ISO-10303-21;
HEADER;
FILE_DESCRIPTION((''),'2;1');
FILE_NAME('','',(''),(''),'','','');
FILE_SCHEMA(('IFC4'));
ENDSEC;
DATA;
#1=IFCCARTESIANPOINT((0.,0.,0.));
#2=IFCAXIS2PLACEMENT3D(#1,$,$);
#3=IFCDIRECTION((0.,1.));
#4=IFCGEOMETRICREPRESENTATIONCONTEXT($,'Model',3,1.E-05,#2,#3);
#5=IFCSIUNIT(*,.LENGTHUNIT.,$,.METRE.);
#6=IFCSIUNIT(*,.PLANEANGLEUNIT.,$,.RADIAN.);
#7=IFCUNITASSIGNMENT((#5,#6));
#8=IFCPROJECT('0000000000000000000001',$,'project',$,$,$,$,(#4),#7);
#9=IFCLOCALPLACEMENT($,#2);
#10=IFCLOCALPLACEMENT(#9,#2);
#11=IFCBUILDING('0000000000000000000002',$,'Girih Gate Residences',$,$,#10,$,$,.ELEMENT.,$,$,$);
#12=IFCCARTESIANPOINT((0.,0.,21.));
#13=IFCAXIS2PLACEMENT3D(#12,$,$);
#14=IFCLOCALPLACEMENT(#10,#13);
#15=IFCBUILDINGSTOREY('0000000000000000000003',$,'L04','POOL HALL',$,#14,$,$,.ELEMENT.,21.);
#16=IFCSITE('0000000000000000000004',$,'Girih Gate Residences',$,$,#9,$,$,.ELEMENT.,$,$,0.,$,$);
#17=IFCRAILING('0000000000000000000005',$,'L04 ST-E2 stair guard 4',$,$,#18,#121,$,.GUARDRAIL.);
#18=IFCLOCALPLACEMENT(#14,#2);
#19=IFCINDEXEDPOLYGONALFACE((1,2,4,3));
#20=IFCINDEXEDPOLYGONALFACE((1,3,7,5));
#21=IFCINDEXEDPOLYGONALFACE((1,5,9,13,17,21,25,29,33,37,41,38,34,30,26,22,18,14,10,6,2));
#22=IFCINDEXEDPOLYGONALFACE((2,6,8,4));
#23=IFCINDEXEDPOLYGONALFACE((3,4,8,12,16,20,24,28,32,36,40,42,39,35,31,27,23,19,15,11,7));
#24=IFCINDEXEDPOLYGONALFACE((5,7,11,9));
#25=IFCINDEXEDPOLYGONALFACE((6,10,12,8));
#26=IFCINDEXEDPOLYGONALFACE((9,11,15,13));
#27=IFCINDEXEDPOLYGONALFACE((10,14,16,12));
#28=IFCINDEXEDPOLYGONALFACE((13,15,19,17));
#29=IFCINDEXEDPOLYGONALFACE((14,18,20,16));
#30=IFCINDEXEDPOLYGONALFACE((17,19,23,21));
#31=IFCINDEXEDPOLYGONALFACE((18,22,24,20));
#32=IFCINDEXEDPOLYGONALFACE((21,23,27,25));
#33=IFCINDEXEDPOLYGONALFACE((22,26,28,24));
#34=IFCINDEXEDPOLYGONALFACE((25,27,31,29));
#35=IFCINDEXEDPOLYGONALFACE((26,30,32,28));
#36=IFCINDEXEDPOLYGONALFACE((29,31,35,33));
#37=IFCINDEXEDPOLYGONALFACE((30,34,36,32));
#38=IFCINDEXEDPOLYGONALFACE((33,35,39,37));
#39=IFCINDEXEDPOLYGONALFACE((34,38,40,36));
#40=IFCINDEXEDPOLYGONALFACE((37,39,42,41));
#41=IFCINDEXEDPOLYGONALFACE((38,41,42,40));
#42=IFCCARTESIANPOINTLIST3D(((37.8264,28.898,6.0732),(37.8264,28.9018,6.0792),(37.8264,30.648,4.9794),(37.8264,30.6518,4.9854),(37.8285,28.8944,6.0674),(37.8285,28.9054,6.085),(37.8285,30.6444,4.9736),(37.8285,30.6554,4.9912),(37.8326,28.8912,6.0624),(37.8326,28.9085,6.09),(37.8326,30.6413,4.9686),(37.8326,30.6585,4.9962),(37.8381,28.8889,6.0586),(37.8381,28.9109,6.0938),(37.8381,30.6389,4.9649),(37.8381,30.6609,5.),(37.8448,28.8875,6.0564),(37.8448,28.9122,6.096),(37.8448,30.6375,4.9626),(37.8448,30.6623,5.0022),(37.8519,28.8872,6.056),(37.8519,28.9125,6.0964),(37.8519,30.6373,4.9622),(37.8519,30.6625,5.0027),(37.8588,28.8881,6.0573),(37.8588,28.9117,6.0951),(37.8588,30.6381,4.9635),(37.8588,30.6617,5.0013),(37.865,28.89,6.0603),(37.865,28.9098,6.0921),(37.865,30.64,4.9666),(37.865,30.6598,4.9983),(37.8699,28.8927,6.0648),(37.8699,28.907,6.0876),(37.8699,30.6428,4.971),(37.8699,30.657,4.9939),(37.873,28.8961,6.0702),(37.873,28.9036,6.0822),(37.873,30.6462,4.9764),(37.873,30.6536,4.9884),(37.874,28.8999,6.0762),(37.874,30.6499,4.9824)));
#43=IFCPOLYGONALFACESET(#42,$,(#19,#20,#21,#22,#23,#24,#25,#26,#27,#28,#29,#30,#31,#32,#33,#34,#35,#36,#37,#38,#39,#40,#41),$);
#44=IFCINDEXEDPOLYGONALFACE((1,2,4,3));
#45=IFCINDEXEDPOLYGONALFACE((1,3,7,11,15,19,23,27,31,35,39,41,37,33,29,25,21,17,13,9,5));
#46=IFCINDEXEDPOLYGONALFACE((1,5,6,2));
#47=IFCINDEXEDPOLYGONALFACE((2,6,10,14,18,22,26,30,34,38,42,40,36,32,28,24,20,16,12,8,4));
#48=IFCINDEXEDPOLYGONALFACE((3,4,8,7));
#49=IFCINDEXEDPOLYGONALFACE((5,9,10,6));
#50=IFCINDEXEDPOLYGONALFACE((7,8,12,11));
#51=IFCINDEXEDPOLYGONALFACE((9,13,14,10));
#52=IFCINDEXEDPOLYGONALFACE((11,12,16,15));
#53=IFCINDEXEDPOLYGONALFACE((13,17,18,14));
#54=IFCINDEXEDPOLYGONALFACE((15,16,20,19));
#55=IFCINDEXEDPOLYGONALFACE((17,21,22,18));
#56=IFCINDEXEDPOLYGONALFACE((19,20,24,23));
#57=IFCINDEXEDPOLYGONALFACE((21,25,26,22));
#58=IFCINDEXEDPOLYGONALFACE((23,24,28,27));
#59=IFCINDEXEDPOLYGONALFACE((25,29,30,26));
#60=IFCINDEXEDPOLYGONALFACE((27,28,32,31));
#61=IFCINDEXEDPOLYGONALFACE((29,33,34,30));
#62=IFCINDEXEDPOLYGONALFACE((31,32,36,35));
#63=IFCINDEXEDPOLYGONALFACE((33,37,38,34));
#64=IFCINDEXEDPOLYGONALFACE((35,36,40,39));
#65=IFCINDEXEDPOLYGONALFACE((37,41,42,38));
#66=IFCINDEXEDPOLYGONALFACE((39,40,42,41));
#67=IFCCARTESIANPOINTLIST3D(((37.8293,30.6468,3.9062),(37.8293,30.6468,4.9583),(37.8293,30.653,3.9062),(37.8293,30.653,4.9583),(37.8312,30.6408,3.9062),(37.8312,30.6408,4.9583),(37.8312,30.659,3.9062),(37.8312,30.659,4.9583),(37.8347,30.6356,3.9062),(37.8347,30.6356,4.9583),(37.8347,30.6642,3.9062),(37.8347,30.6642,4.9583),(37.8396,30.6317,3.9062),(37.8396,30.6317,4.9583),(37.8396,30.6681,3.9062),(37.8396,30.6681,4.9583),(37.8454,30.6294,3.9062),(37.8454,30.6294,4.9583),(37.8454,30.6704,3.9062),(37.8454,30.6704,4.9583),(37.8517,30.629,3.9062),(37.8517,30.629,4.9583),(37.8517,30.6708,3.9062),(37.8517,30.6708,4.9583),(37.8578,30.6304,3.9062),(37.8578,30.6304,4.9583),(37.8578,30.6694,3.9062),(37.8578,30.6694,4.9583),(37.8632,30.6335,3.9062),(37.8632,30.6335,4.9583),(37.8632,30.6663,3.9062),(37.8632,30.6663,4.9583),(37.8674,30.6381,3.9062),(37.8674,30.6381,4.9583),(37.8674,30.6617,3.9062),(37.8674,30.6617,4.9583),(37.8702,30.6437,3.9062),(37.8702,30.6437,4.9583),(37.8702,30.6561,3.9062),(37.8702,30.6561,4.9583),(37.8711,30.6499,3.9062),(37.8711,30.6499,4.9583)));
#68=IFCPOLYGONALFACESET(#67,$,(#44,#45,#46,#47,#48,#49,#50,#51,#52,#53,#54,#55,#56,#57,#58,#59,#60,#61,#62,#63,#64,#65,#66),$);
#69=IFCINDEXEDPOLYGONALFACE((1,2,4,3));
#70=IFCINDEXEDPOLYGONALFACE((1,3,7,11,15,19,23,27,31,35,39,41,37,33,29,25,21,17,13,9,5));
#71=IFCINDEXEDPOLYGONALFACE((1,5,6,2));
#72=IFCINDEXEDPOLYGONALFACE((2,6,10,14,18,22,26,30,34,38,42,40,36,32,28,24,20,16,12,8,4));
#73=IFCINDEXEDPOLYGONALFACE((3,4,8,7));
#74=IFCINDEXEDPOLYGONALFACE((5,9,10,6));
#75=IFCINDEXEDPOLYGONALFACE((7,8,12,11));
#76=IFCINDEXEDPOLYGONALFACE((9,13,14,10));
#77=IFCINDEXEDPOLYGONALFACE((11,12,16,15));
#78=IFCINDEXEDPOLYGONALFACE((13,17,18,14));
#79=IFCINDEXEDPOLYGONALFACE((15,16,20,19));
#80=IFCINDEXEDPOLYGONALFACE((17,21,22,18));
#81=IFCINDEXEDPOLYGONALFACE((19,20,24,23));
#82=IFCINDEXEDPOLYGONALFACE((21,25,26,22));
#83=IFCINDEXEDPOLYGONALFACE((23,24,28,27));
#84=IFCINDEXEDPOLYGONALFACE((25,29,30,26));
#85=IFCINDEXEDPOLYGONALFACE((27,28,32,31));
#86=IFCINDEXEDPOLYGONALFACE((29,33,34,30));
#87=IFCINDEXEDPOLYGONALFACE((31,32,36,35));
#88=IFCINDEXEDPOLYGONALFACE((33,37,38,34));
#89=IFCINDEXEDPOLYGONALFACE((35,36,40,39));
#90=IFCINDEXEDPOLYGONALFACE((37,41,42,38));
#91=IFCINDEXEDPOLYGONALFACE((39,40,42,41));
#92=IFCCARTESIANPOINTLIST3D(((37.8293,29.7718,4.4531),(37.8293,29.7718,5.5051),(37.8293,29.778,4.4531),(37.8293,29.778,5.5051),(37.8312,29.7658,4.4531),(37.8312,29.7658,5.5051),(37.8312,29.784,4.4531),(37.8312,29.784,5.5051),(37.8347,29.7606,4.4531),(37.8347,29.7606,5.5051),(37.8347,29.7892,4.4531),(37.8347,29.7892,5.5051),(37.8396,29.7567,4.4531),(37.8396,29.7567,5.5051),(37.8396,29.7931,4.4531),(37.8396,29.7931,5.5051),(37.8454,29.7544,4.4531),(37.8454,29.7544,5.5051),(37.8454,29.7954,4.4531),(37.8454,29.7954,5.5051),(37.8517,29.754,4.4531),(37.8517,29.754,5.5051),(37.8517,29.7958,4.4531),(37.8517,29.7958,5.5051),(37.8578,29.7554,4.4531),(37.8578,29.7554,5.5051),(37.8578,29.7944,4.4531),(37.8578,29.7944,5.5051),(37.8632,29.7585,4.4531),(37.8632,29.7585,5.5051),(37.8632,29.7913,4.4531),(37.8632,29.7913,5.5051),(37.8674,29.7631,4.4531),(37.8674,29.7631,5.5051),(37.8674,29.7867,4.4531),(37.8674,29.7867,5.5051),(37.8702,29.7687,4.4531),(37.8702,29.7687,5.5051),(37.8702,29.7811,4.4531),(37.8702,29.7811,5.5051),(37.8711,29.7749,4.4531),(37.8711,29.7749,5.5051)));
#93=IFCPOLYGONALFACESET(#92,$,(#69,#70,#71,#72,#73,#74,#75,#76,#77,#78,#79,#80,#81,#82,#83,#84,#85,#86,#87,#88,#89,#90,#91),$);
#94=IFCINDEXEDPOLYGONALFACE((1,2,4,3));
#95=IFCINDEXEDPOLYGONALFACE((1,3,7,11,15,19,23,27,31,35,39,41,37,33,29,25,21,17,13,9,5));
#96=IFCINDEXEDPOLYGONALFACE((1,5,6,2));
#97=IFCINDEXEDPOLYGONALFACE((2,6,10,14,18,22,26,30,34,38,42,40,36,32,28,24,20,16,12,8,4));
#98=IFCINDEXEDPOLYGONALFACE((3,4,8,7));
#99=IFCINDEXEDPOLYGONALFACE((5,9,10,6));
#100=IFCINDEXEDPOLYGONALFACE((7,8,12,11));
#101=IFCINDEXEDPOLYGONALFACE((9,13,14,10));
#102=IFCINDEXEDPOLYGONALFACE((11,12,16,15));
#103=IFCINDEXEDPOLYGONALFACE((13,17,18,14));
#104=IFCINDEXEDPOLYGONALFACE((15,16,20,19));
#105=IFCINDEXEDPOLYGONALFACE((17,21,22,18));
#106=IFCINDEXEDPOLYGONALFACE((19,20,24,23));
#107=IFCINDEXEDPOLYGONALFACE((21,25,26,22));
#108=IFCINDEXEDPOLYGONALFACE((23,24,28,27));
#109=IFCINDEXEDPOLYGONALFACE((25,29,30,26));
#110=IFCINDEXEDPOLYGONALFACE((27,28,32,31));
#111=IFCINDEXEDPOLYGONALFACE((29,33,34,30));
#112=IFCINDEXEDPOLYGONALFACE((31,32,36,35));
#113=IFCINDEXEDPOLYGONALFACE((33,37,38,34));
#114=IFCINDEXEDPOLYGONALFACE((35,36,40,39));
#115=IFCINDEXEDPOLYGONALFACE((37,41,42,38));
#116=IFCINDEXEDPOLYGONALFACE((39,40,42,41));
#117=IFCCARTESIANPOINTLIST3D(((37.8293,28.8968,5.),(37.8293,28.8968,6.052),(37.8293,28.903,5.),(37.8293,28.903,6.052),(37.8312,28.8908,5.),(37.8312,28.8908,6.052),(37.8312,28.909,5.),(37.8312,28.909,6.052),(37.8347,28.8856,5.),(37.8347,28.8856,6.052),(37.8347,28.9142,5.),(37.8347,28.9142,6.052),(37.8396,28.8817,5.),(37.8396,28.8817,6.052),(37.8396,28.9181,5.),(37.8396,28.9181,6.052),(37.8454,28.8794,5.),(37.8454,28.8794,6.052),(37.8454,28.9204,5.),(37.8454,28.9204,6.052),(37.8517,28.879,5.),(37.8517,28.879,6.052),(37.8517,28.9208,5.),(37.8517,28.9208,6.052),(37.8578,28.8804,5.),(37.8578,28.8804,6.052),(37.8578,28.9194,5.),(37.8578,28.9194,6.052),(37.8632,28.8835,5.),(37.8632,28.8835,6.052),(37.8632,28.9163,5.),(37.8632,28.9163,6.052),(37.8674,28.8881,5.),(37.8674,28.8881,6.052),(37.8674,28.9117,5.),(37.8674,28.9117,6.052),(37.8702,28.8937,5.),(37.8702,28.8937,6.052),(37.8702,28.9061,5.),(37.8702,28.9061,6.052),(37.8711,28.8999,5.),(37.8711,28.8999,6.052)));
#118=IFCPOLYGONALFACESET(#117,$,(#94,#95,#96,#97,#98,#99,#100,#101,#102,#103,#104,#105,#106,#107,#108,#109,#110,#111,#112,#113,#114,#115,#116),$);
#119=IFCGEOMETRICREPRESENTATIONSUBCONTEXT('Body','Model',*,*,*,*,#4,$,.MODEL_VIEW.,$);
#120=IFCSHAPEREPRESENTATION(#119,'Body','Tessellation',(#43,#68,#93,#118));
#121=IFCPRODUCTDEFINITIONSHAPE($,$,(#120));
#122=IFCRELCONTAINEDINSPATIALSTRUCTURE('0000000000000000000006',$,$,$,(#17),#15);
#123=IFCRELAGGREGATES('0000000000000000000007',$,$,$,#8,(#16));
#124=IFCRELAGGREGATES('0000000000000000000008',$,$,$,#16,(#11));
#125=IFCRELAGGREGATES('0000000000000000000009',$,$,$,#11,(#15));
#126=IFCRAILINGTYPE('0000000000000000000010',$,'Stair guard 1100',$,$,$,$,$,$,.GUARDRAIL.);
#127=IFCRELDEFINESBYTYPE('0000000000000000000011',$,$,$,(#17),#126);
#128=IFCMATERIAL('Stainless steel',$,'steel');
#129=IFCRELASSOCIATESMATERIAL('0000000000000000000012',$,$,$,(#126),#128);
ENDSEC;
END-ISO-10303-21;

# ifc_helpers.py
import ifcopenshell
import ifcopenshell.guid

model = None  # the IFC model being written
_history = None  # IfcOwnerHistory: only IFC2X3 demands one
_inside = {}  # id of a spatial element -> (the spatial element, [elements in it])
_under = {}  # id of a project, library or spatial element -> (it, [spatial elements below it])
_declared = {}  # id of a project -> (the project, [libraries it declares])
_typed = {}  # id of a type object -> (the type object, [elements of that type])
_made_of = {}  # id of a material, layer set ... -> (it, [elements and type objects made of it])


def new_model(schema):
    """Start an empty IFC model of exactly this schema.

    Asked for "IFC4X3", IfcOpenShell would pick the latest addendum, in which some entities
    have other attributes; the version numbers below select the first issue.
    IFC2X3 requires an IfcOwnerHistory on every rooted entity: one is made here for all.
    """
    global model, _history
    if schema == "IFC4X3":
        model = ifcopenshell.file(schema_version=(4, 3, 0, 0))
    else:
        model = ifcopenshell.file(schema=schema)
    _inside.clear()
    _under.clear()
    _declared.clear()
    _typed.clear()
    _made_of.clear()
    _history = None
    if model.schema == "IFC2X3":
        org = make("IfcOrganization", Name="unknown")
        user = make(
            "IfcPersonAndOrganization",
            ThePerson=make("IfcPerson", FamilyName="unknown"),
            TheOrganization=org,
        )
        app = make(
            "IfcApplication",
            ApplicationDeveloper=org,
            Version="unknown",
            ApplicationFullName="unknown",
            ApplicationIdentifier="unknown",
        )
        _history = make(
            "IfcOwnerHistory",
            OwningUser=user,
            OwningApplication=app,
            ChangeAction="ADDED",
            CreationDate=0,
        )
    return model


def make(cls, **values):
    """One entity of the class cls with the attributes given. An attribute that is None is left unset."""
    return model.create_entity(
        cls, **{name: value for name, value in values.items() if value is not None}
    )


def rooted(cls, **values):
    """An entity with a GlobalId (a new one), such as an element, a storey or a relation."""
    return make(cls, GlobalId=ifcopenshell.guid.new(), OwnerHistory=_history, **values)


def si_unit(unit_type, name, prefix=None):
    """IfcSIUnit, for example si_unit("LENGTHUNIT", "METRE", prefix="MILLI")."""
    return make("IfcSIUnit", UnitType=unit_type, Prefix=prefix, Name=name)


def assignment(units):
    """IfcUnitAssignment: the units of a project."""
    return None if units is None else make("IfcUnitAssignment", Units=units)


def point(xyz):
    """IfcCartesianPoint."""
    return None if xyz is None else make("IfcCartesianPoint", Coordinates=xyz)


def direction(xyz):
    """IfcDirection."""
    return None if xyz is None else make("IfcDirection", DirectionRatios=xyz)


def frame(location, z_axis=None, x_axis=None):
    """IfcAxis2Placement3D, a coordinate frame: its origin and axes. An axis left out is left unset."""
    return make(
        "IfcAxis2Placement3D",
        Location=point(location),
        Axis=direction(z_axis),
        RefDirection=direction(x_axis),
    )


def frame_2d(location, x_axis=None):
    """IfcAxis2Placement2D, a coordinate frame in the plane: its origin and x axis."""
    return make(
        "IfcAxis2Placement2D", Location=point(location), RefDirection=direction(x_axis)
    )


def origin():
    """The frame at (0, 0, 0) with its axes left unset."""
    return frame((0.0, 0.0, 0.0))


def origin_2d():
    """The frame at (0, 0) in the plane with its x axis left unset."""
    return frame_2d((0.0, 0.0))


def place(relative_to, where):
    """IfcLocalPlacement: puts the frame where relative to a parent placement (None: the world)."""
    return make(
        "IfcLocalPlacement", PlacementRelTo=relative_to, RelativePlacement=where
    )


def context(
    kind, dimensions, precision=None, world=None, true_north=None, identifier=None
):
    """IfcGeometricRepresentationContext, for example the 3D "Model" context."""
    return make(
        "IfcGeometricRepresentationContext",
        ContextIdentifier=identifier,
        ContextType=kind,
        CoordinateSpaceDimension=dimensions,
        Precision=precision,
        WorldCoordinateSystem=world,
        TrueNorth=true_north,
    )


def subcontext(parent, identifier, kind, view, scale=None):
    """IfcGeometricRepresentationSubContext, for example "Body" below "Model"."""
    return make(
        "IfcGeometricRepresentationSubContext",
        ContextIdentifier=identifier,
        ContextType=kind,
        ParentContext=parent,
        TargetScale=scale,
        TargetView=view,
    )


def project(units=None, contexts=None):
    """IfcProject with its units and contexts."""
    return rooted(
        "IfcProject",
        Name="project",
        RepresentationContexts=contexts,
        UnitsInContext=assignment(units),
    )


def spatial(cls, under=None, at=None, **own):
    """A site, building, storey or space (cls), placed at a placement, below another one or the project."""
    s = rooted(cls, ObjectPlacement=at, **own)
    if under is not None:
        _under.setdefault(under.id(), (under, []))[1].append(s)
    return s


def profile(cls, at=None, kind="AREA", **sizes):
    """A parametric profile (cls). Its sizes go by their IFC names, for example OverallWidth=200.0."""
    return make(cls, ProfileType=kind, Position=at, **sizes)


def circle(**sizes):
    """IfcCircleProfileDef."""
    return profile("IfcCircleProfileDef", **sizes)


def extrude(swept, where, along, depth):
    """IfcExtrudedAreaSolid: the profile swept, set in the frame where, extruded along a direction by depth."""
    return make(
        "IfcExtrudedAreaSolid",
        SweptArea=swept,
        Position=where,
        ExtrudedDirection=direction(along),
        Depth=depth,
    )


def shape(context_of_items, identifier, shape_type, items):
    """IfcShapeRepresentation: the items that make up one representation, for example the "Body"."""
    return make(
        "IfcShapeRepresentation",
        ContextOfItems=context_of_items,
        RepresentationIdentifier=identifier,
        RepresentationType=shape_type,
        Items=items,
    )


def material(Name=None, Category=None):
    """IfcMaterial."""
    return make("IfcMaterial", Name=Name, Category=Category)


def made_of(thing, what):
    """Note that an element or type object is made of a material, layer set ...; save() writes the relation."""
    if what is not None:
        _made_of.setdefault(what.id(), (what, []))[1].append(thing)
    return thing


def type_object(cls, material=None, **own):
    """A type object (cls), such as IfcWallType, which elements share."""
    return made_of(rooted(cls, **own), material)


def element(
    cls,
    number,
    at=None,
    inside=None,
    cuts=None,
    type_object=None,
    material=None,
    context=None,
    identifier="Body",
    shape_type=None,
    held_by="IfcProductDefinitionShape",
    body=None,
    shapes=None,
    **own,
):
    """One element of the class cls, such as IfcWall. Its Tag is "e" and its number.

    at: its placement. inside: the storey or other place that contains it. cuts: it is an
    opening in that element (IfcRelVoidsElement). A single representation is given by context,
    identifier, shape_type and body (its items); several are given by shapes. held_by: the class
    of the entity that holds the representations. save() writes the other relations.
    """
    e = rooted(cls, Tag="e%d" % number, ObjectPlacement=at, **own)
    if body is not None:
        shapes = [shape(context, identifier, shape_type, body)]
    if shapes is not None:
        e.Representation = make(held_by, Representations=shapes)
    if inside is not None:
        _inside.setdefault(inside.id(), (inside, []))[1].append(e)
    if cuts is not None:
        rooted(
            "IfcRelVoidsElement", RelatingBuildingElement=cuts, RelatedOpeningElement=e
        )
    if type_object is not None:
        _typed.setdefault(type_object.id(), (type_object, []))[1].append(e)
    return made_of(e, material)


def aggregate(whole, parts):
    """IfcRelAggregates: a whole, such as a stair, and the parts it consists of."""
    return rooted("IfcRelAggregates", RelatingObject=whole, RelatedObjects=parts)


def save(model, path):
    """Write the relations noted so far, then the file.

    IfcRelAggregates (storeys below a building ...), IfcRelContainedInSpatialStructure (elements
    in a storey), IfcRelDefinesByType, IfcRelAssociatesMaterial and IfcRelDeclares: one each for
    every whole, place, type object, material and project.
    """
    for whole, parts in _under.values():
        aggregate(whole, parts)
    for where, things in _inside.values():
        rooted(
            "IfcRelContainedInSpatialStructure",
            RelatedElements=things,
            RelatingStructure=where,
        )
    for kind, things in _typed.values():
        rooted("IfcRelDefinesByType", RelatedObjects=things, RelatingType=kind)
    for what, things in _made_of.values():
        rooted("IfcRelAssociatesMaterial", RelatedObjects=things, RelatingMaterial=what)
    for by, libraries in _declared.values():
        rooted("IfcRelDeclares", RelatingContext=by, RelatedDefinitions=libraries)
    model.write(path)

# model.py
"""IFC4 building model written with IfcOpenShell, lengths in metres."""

from ifc_helpers import new_model, si_unit, direction, frame, origin, origin_2d, place, context, subcontext, project, spatial, circle, extrude, material, type_object, element, save


model = new_model("IFC4")

# Units and contexts
model_context = context("Model", 3, precision=1e-05, world=origin(), true_north=direction((0.0, 1.0)))
body_context = subcontext(model_context, "Body", "Model", "MODEL_VIEW")
ifc_project = project(units=[si_unit("LENGTHUNIT", "METRE"), si_unit("PLANEANGLEUNIT", "RADIAN")], contexts=[model_context])

# Site, building, storey
site_placement = place(None, origin())
site = spatial("IfcSite", under=ifc_project, at=site_placement, Name="Girih Gate Residences", CompositionType="ELEMENT", RefElevation=0.0)
building_placement = place(site_placement, origin())
building = spatial("IfcBuilding", under=site, at=building_placement, Name="Girih Gate Residences", CompositionType="ELEMENT")
storey_placement = place(building_placement, frame((0.0, 0.0, 21.0)))
storey = spatial("IfcBuildingStorey", under=building, at=storey_placement, Name="L04", Description="POOL HALL", CompositionType="ELEMENT", Elevation=21.0)

# Railing
ifc_material_1 = material(Name="Stainless steel", Category="steel")
railing_type_1 = type_object("IfcRailingType", Name="Stair guard 1100", PredefinedType="GUARDRAIL", material=ifc_material_1)
railing_1_placement = place(storey_placement, frame((37.8501, 30.6499, 3.9062)))
element("IfcRailing", 1, at=railing_1_placement, inside=storey, type_object=railing_type_1, Name="L04 ST-E2 stair guard 4", PredefinedType="GUARDRAIL", context=body_context, shape_type="SweptSolid", body=[
    extrude(circle(Radius=0.0239, at=origin_2d()), frame((0.0, 0.0, 1.0762), z_axis=(0.0, -0.847998, 0.529999), x_axis=(1.0, 0.0, 0.0)), (0.0, 0.0, 1.0), 2.0637),
    extrude(circle(Radius=0.021, at=origin_2d()), origin(), (0.0, 0.0, 1.0), 1.052),
    extrude(circle(Radius=0.021, at=origin_2d()), frame((0.0, -0.875, 0.5469)), (0.0, 0.0, 1.0), 1.052),
    extrude(circle(Radius=0.021, at=origin_2d()), frame((0.0, -1.75, 1.0938)), (0.0, 0.0, 1.0), 1.052),
])

save(model, "model.ifc")
